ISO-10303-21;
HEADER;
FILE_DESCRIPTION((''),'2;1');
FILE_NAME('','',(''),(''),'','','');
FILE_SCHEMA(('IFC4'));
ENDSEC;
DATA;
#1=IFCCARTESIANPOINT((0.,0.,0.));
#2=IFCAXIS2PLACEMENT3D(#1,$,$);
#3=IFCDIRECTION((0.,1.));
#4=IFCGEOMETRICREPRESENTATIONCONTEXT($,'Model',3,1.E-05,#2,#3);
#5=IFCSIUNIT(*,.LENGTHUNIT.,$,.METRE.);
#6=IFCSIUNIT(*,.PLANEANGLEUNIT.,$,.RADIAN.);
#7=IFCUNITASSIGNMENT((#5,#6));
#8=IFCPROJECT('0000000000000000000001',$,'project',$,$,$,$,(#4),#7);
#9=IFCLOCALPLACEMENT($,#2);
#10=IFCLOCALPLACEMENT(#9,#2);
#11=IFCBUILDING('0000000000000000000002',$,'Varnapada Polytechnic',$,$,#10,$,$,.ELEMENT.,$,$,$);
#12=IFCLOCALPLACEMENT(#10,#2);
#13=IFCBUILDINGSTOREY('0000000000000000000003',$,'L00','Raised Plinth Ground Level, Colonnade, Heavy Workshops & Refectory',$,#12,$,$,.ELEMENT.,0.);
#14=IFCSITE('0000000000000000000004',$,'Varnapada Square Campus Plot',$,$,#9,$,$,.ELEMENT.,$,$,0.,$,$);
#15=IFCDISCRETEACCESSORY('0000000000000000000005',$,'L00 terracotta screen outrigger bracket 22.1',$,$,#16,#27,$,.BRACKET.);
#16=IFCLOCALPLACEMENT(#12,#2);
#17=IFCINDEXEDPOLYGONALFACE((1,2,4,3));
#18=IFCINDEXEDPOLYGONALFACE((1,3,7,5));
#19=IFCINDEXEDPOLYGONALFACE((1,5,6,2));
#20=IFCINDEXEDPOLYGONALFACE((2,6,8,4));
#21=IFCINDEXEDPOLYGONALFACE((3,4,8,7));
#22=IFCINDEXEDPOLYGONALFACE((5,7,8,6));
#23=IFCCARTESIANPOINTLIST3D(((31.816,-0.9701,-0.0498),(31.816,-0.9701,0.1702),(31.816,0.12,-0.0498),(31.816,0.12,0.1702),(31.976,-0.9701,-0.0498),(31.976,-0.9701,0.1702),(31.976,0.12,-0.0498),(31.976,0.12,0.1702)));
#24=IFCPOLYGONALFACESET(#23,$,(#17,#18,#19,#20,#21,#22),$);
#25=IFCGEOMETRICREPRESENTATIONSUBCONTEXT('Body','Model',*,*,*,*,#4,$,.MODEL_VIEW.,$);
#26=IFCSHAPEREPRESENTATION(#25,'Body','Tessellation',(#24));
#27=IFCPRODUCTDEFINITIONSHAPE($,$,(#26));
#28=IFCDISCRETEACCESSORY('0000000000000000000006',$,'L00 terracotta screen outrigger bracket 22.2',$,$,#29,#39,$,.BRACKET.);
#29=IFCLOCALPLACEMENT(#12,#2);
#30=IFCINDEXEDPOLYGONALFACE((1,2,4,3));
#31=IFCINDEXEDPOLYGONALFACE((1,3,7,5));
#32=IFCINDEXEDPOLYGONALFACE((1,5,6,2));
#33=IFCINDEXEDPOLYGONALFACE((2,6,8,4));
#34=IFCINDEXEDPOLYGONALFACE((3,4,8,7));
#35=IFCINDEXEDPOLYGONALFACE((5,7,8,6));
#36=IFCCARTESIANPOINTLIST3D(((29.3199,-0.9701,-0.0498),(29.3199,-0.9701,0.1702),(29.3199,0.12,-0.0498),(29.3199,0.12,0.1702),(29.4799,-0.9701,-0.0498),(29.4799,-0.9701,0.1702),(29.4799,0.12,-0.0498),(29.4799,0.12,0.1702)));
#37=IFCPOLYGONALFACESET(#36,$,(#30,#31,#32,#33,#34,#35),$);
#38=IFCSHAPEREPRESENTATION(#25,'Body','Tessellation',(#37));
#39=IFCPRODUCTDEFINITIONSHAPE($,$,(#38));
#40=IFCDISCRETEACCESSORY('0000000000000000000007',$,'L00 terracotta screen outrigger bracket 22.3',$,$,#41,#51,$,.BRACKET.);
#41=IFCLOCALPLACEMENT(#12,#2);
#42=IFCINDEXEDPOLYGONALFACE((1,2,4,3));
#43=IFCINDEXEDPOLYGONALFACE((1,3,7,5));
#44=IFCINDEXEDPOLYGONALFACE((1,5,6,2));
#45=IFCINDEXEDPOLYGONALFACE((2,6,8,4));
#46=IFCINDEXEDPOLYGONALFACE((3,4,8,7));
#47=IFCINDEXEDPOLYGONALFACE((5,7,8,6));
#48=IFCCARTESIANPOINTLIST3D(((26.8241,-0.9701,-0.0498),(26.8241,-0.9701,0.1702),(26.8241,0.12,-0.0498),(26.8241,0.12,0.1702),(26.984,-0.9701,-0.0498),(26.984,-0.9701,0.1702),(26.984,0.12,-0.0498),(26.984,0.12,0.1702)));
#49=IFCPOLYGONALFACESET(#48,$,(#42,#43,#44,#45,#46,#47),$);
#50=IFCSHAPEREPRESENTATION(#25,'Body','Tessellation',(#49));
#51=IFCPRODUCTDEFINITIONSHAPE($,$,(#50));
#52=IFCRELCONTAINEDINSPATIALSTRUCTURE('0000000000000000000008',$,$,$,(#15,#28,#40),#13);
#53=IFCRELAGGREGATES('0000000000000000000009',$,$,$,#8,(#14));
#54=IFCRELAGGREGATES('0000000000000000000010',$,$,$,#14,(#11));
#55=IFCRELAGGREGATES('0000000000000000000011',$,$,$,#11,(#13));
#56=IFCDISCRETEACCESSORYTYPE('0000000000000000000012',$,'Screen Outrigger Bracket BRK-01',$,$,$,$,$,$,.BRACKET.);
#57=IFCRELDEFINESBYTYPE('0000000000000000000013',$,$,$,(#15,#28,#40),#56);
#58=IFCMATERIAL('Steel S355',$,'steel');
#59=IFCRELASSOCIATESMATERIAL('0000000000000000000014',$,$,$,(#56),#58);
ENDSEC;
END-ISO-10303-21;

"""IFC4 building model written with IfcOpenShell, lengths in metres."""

from ifc_helpers import new_model, si_unit, direction, frame, origin, origin_2d, place, context, subcontext, project, spatial, rectangle, extrude, material, type_object, element, save


model = new_model("IFC4")

# Units and contexts
model_context = context("Model", 3, precision=1e-05, world=origin(), true_north=direction((0.0, 1.0)))
body_context = subcontext(model_context, "Body", "Model", "MODEL_VIEW")
ifc_project = project(units=[si_unit("LENGTHUNIT", "METRE"), si_unit("PLANEANGLEUNIT", "RADIAN")], contexts=[model_context])

# Site, building, storey
site_placement = place(None, origin())
site = spatial("IfcSite", under=ifc_project, at=site_placement, Name="Varnapada Square Campus Plot", CompositionType="ELEMENT", RefElevation=0.0)
building_placement = place(site_placement, origin())
building = spatial("IfcBuilding", under=site, at=building_placement, Name="Varnapada Polytechnic", CompositionType="ELEMENT")
storey_placement = place(building_placement, origin())
storey = spatial("IfcBuildingStorey", under=building, at=storey_placement, Name="L00", Description="Raised Plinth Ground Level, Colonnade, Heavy Workshops & Refectory", CompositionType="ELEMENT", Elevation=0.0)

# Discrete accessories
ifc_material_1 = material(Name="Steel S355", Category="steel")
discrete_accessory_type = type_object("IfcDiscreteAccessoryType", Name="Screen Outrigger Bracket BRK-01", PredefinedType="BRACKET", material=ifc_material_1)
for number, where, z_axis, x_axis, name in (
    (1, (31.896, -0.425, -0.0498), (0.0, 0.0, 1.0), (-1.0, 0.0, 0.0), "L00 terracotta screen outrigger bracket 22.1"),
    (2, (29.3999, -0.425, -0.0498), (0.0, 0.0, 1.0), (-1.0, 0.0, 0.0), "L00 terracotta screen outrigger bracket 22.2"),
    (3, (26.9041, -0.425, -0.0498), (0.0, 0.0, 1.0), (-1.0, 0.0, 0.0), "L00 terracotta screen outrigger bracket 22.3"),
):
    element("IfcDiscreteAccessory", number, at=place(storey_placement, frame(where, z_axis=z_axis, x_axis=x_axis)), inside=storey, type_object=discrete_accessory_type, Name=name, PredefinedType="BRACKET", context=body_context, shape_type="SweptSolid", body=[
        extrude(rectangle(XDim=0.1599, YDim=1.0901, at=origin_2d()), origin(), (0.0, 0.0, 1.0), 0.22),
    ])

save(model, "model.ifc")
